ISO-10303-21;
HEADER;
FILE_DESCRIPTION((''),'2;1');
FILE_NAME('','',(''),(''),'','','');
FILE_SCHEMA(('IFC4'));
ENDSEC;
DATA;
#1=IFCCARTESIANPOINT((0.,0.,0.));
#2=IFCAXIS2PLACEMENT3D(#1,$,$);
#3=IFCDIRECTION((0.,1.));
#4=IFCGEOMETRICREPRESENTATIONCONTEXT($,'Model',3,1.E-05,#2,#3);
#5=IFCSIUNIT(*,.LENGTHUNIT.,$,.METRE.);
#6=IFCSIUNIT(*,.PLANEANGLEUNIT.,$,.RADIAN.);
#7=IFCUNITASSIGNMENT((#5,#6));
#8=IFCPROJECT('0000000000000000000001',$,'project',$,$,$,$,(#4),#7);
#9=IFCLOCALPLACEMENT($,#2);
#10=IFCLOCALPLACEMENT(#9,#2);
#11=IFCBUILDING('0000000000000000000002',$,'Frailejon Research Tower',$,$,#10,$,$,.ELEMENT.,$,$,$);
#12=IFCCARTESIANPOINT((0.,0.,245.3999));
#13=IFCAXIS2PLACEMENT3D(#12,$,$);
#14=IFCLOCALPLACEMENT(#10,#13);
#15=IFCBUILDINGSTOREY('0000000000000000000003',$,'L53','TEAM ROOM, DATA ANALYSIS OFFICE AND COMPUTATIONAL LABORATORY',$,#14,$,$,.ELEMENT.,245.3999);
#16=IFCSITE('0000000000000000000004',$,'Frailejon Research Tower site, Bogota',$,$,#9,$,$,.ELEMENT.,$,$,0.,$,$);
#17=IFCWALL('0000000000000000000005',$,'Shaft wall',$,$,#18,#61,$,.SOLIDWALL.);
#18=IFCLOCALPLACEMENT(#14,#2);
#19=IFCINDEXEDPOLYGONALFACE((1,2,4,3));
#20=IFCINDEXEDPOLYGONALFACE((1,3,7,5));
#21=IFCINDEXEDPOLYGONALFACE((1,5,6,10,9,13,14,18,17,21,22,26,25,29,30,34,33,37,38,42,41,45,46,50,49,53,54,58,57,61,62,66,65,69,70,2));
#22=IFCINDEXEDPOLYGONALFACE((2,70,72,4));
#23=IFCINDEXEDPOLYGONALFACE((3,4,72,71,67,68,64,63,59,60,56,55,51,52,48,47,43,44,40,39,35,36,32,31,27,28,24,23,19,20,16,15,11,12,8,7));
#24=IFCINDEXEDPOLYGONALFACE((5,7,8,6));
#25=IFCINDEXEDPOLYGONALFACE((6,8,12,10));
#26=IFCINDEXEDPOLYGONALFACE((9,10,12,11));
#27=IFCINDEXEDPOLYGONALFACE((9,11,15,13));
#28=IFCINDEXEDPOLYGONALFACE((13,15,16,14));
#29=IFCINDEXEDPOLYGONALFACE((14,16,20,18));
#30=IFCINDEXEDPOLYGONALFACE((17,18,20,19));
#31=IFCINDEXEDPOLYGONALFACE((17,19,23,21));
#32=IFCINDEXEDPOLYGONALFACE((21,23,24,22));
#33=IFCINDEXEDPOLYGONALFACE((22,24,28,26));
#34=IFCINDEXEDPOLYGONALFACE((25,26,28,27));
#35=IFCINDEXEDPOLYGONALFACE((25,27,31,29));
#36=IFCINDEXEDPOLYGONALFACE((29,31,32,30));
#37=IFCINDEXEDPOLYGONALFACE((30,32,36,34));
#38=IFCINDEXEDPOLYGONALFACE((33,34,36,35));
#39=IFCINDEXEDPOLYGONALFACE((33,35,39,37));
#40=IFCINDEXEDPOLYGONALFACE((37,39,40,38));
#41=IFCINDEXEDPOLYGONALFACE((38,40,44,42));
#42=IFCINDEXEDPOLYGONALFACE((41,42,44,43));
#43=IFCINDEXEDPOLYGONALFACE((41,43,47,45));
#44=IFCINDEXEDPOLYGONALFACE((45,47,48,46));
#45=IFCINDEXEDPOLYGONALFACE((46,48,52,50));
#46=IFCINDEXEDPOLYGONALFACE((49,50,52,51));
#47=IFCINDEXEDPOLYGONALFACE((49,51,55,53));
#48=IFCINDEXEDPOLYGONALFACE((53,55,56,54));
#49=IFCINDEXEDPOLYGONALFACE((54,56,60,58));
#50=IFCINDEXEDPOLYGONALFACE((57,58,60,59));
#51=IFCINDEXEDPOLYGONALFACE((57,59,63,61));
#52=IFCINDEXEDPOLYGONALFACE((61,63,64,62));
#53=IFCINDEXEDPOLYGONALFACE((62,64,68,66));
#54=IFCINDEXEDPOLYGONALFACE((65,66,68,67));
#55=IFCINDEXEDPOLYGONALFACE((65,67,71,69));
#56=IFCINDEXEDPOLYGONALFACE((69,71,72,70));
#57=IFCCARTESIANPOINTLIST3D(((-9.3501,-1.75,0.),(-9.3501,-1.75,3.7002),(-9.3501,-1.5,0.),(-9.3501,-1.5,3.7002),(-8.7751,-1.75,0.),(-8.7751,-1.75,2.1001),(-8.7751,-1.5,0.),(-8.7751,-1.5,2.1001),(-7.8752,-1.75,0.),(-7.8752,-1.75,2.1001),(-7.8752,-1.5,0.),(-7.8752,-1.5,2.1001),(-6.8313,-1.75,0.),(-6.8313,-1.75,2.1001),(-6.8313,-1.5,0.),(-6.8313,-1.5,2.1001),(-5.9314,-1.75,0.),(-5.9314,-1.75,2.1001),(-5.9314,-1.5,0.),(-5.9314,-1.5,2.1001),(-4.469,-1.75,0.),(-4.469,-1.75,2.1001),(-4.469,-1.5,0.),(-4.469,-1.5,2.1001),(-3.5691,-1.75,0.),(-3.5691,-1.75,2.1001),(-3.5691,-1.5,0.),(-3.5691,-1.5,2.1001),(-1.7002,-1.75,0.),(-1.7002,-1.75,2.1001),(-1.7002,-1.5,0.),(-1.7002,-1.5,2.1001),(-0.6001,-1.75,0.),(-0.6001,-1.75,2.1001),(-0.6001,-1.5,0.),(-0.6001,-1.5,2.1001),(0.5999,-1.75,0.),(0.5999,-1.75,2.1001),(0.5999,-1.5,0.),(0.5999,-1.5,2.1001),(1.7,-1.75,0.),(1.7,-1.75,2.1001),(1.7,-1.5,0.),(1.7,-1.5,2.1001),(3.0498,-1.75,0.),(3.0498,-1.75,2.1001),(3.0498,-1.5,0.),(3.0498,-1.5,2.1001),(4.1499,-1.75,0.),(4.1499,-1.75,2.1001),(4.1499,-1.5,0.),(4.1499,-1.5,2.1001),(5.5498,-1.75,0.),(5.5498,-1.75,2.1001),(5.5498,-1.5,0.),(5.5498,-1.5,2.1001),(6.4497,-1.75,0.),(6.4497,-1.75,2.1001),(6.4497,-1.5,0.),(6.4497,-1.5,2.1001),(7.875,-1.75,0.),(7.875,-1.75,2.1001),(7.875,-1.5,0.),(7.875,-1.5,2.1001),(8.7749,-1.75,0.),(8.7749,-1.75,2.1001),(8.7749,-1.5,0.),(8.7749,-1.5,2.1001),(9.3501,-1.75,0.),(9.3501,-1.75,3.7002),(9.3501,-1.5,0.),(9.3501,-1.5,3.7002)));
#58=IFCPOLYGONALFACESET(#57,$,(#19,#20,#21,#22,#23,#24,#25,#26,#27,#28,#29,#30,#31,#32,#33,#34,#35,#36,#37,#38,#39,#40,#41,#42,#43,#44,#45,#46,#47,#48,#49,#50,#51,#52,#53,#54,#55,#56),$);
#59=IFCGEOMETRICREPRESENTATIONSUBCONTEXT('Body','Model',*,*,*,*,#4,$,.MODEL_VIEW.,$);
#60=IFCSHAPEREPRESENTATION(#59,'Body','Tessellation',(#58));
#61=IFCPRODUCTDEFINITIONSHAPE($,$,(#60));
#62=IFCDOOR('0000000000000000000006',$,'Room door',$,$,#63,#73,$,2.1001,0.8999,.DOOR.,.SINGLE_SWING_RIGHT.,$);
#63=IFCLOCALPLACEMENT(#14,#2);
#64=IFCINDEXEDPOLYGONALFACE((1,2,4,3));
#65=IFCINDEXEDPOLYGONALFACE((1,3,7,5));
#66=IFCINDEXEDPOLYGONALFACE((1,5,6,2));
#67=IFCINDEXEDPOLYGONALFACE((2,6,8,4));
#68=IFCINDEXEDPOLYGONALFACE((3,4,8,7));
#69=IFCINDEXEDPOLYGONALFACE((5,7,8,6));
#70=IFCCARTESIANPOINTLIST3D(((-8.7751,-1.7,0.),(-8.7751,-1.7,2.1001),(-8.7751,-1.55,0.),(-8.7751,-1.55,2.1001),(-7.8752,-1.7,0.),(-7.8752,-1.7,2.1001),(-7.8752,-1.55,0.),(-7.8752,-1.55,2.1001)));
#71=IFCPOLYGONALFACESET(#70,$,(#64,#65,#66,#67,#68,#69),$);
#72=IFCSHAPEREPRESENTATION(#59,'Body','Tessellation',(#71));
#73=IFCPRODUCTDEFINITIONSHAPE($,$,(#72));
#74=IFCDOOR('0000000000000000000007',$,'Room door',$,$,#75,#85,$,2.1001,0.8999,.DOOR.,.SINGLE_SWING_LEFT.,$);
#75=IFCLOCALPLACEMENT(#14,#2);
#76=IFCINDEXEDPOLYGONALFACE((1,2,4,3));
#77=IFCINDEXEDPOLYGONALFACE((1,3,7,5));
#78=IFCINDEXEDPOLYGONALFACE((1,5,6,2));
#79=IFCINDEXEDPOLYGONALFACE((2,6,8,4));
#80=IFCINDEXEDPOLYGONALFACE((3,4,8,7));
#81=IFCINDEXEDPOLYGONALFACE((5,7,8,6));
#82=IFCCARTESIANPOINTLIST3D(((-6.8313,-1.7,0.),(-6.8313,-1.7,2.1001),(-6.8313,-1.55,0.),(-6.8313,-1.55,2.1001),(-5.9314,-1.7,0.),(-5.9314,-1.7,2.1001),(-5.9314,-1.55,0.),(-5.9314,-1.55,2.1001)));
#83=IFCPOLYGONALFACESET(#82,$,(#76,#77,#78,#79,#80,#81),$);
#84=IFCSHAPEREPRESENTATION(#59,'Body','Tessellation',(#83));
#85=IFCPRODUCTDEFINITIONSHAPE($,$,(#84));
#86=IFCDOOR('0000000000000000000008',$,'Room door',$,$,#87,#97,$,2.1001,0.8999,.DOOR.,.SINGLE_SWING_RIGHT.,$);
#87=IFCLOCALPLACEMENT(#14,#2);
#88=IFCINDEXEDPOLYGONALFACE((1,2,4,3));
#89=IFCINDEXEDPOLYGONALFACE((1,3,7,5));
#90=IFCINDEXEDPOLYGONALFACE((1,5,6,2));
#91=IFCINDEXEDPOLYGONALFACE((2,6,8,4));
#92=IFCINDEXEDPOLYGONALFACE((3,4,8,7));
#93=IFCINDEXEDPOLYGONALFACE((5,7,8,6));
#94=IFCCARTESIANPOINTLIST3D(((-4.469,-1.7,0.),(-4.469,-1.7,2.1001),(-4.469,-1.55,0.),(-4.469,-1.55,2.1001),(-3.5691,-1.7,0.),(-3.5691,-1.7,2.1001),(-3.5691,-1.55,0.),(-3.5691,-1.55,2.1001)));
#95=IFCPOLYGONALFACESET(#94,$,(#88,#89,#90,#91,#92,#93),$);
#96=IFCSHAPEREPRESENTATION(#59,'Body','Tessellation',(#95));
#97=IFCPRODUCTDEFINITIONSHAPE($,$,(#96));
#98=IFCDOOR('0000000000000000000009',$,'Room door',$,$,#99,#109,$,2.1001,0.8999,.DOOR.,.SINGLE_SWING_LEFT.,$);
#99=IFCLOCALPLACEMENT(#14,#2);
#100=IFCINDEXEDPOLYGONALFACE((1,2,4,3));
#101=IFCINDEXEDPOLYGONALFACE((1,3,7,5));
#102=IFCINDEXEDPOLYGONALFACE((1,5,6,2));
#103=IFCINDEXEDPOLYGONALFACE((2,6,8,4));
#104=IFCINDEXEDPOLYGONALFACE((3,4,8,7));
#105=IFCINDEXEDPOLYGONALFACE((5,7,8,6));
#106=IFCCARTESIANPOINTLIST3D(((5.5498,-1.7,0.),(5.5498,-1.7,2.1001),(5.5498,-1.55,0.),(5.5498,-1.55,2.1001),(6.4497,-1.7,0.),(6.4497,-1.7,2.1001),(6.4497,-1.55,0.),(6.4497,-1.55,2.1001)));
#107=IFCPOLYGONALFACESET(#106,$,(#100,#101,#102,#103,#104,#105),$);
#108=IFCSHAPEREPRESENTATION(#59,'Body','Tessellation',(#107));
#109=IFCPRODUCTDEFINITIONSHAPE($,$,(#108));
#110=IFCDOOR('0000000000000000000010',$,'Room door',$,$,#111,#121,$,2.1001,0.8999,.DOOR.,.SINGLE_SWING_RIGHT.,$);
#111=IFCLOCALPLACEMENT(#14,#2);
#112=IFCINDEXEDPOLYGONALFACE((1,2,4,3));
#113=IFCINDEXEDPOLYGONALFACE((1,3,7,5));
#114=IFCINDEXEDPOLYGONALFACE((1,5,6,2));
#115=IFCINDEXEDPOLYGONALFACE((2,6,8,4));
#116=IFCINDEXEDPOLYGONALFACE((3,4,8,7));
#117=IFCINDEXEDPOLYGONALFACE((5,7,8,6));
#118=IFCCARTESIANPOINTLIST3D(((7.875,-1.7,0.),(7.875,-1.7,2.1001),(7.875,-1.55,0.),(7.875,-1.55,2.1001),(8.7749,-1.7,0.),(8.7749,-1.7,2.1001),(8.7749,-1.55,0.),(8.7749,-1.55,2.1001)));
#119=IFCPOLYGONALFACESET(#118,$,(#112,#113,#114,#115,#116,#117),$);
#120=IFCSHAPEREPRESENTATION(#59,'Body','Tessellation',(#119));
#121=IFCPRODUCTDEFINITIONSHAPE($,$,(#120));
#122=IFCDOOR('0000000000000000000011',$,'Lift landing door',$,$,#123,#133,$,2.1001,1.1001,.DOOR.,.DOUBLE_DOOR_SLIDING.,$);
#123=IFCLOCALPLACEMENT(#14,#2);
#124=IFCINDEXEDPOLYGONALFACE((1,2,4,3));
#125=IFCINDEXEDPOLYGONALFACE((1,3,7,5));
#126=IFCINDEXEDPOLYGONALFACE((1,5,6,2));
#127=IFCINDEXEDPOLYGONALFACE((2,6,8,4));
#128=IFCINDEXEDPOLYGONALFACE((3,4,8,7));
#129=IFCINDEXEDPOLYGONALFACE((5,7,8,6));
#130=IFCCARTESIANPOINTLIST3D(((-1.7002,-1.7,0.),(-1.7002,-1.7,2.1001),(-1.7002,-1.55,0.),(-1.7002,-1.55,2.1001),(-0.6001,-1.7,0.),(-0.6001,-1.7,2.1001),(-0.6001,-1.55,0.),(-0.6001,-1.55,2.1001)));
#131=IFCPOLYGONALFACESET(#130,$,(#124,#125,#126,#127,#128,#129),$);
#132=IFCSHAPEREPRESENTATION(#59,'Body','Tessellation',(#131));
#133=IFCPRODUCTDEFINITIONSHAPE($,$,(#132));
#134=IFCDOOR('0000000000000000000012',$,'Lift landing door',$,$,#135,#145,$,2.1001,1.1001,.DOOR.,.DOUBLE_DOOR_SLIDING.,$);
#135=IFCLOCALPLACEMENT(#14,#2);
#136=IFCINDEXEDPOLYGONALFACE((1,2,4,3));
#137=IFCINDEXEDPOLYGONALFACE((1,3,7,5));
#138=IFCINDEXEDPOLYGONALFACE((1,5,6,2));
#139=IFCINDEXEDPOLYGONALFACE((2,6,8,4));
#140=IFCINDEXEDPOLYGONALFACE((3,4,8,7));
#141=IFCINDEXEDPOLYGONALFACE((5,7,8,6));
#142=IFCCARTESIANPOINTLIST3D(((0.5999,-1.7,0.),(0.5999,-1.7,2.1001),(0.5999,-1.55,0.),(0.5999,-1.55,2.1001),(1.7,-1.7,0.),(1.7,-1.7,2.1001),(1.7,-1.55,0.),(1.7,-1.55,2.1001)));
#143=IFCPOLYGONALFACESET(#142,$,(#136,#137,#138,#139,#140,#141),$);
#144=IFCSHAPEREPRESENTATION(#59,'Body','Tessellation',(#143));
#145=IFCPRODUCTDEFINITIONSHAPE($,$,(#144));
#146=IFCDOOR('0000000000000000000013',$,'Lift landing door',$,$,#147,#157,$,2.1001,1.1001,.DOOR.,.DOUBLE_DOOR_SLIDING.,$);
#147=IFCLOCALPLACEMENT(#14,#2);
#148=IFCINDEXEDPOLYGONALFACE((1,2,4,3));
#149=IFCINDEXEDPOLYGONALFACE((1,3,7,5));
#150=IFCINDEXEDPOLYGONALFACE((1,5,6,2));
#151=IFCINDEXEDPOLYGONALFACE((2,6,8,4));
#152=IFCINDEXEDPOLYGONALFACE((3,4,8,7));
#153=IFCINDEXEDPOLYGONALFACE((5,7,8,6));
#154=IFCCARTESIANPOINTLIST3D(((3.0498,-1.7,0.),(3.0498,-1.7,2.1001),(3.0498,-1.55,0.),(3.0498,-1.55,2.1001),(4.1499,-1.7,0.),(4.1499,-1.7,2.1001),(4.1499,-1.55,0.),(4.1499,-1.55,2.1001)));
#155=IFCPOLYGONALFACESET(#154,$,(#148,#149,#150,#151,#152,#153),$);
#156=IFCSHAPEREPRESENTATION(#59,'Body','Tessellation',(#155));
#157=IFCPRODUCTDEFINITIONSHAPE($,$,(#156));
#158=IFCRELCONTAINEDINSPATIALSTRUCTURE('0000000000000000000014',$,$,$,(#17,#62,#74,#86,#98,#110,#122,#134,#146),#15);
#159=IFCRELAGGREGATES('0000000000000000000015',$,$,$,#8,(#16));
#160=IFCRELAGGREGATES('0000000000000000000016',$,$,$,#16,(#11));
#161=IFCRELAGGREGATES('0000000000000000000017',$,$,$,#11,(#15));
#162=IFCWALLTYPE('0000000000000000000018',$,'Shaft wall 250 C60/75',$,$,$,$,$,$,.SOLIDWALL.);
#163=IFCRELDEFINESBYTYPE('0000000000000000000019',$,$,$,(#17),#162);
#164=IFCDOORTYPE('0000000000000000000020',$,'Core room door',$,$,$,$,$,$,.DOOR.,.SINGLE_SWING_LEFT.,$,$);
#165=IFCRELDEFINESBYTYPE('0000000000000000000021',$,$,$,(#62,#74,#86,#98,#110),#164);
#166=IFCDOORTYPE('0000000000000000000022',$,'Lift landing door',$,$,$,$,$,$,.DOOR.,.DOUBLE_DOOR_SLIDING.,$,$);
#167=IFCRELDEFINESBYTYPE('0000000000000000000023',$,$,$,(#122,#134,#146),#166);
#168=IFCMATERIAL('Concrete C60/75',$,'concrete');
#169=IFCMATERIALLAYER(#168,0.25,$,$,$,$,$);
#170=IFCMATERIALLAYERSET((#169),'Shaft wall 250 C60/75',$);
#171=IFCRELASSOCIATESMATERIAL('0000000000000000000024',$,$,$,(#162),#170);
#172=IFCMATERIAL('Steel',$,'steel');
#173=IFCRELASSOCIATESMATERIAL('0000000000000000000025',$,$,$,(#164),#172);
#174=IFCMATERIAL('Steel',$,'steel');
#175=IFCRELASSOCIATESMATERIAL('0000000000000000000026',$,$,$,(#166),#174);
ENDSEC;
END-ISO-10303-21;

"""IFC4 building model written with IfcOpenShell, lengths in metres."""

from ifc_helpers import new_model, si_unit, direction, frame, frame_2d, origin, place, context, subcontext, project, spatial, rectangle, extrude, material, layer, layer_set, type_object, element, fill, save


model = new_model("IFC4")

# Units and contexts
model_context = context("Model", 3, precision=1e-05, world=origin(), true_north=direction((0.0, 1.0)))
body_context = subcontext(model_context, "Body", "Model", "MODEL_VIEW")
ifc_project = project(units=[si_unit("LENGTHUNIT", "METRE"), si_unit("PLANEANGLEUNIT", "RADIAN")], contexts=[model_context])

# Site, building, storey
site_placement = place(None, origin())
site = spatial("IfcSite", under=ifc_project, at=site_placement, Name="Frailejon Research Tower site, Bogota", CompositionType="ELEMENT", RefElevation=0.0)
building_placement = place(site_placement, origin())
building = spatial("IfcBuilding", under=site, at=building_placement, Name="Frailejon Research Tower", CompositionType="ELEMENT")
storey_placement = place(building_placement, frame((0.0, 0.0, 245.3999)))
storey = spatial("IfcBuildingStorey", under=building, at=storey_placement, Name="L53", Description="TEAM ROOM, DATA ANALYSIS OFFICE AND COMPUTATIONAL LABORATORY", CompositionType="ELEMENT", Elevation=245.3999)

# Wall, openings, doors
ifc_material_1 = material(Name="Concrete C60/75", Category="concrete")
ifc_layer_1 = layer(ifc_material_1, 0.25)
ifc_layer_set_1 = layer_set([ifc_layer_1], Name="Shaft wall 250 C60/75")
wall_type_1 = type_object("IfcWallType", Name="Shaft wall 250 C60/75", PredefinedType="SOLIDWALL", material=ifc_layer_set_1)
wall_1_placement = place(storey_placement, frame((-9.3501, -1.625, 0.0), z_axis=(0.0, 0.0, 1.0), x_axis=(1.0, 0.0, 0.0)))
wall_1 = element("IfcWall", 1, at=wall_1_placement, inside=storey, type_object=wall_type_1, Name="Shaft wall", PredefinedType="SOLIDWALL", context=body_context, shape_type="SweptSolid", body=[
    extrude(rectangle(XDim=18.7002, YDim=0.25, at=frame_2d((9.3501, 0.0))), origin(), (0.0, 0.0, 1.0), 3.7002),
])
opening_1_placement = place(wall_1_placement, frame((7.6499, 0.0, 0.0)))
opening_1 = element("IfcOpeningElement", 2, at=opening_1_placement, cuts=wall_1, PredefinedType="OPENING", context=body_context, shape_type="SweptSolid", body=[
    extrude(rectangle(XDim=1.1001, YDim=2.1001, at=frame_2d((0.55, 1.05))), frame((0.0, 0.135, 0.0), z_axis=(0.0, -1.0, 0.0), x_axis=(1.0, 0.0, 0.0)), (0.0, 0.0, 1.0), 0.27),
])
opening_2_placement = place(wall_1_placement, frame((9.95, 0.0, 0.0)))
opening_2 = element("IfcOpeningElement", 3, at=opening_2_placement, cuts=wall_1, PredefinedType="OPENING", context=body_context, shape_type="SweptSolid", body=[
    extrude(rectangle(XDim=1.1001, YDim=2.1001, at=frame_2d((0.55, 1.05))), frame((0.0, 0.135, 0.0), z_axis=(0.0, -1.0, 0.0), x_axis=(1.0, 0.0, 0.0)), (0.0, 0.0, 1.0), 0.27),
])
opening_3_placement = place(wall_1_placement, frame((12.3999, 0.0, 0.0)))
opening_3 = element("IfcOpeningElement", 4, at=opening_3_placement, cuts=wall_1, PredefinedType="OPENING", context=body_context, shape_type="SweptSolid", body=[
    extrude(rectangle(XDim=1.1001, YDim=2.1001, at=frame_2d((0.55, 1.05))), frame((0.0, 0.135, 0.0), z_axis=(0.0, -1.0, 0.0), x_axis=(1.0, 0.0, 0.0)), (0.0, 0.0, 1.0), 0.27),
])
opening_4_placement = place(wall_1_placement, frame((0.575, 0.0, 0.0)))
opening_4 = element("IfcOpeningElement", 5, at=opening_4_placement, cuts=wall_1, PredefinedType="OPENING", context=body_context, shape_type="SweptSolid", body=[
    extrude(rectangle(XDim=0.8999, YDim=2.1001, at=frame_2d((0.45, 1.05))), frame((0.0, 0.135, 0.0), z_axis=(0.0, -1.0, 0.0), x_axis=(1.0, 0.0, 0.0)), (0.0, 0.0, 1.0), 0.27),
])
opening_5_placement = place(wall_1_placement, frame((2.5188, 0.0, 0.0)))
opening_5 = element("IfcOpeningElement", 6, at=opening_5_placement, cuts=wall_1, PredefinedType="OPENING", context=body_context, shape_type="SweptSolid", body=[
    extrude(rectangle(XDim=0.8999, YDim=2.1001, at=frame_2d((0.45, 1.05))), frame((0.0, 0.135, 0.0), z_axis=(0.0, -1.0, 0.0), x_axis=(1.0, 0.0, 0.0)), (0.0, 0.0, 1.0), 0.27),
])
opening_6_placement = place(wall_1_placement, frame((4.8811, 0.0, 0.0)))
opening_6 = element("IfcOpeningElement", 7, at=opening_6_placement, cuts=wall_1, PredefinedType="OPENING", context=body_context, shape_type="SweptSolid", body=[
    extrude(rectangle(XDim=0.8999, YDim=2.1001, at=frame_2d((0.45, 1.05))), frame((0.0, 0.135, 0.0), z_axis=(0.0, -1.0, 0.0), x_axis=(1.0, 0.0, 0.0)), (0.0, 0.0, 1.0), 0.27),
])
opening_7_placement = place(wall_1_placement, frame((14.8999, 0.0, 0.0)))
opening_7 = element("IfcOpeningElement", 8, at=opening_7_placement, cuts=wall_1, PredefinedType="OPENING", context=body_context, shape_type="SweptSolid", body=[
    extrude(rectangle(XDim=0.8999, YDim=2.1001, at=frame_2d((0.45, 1.05))), frame((0.0, 0.135, 0.0), z_axis=(0.0, -1.0, 0.0), x_axis=(1.0, 0.0, 0.0)), (0.0, 0.0, 1.0), 0.27),
])
opening_8_placement = place(wall_1_placement, frame((17.2251, 0.0, 0.0)))
opening_8 = element("IfcOpeningElement", 9, at=opening_8_placement, cuts=wall_1, PredefinedType="OPENING", context=body_context, shape_type="SweptSolid", body=[
    extrude(rectangle(XDim=0.8999, YDim=2.1001, at=frame_2d((0.45, 1.05))), frame((0.0, 0.135, 0.0), z_axis=(0.0, -1.0, 0.0), x_axis=(1.0, 0.0, 0.0)), (0.0, 0.0, 1.0), 0.27),
])
ifc_material_2 = material(Name="Steel", Category="steel")
door_type_1 = type_object("IfcDoorType", Name="Core room door", OperationType="SINGLE_SWING_LEFT", PredefinedType="DOOR", material=ifc_material_2)
door_1_placement = place(opening_4_placement, origin())
door_1 = element("IfcDoor", 10, at=door_1_placement, inside=storey, type_object=door_type_1, Name="Room door", OperationType="SINGLE_SWING_RIGHT", OverallHeight=2.1001, OverallWidth=0.8999, PredefinedType="DOOR", context=body_context, shape_type="SweptSolid", body=[
    extrude(rectangle(XDim=0.8999, YDim=2.1001, at=frame_2d((0.45, 1.05))), frame((0.0, 0.075, 0.0), z_axis=(0.0, -1.0, 0.0), x_axis=(1.0, 0.0, 0.0)), (0.0, 0.0, 1.0), 0.1499),
])
fill(opening_4, door_1)
door_2_placement = place(opening_5_placement, origin())
door_2 = element("IfcDoor", 11, at=door_2_placement, inside=storey, type_object=door_type_1, Name="Room door", OperationType="SINGLE_SWING_LEFT", OverallHeight=2.1001, OverallWidth=0.8999, PredefinedType="DOOR", context=body_context, shape_type="SweptSolid", body=[
    extrude(rectangle(XDim=0.8999, YDim=2.1001, at=frame_2d((0.45, 1.05))), frame((0.0, 0.075, 0.0), z_axis=(0.0, -1.0, 0.0), x_axis=(1.0, 0.0, 0.0)), (0.0, 0.0, 1.0), 0.1499),
])
fill(opening_5, door_2)
door_3_placement = place(opening_6_placement, origin())
door_3 = element("IfcDoor", 12, at=door_3_placement, inside=storey, type_object=door_type_1, Name="Room door", OperationType="SINGLE_SWING_RIGHT", OverallHeight=2.1001, OverallWidth=0.8999, PredefinedType="DOOR", context=body_context, shape_type="SweptSolid", body=[
    extrude(rectangle(XDim=0.8999, YDim=2.1001, at=frame_2d((0.45, 1.05))), frame((0.0, 0.075, 0.0), z_axis=(0.0, -1.0, 0.0), x_axis=(1.0, 0.0, 0.0)), (0.0, 0.0, 1.0), 0.1499),
])
fill(opening_6, door_3)
door_4_placement = place(opening_7_placement, origin())
door_4 = element("IfcDoor", 13, at=door_4_placement, inside=storey, type_object=door_type_1, Name="Room door", OperationType="SINGLE_SWING_LEFT", OverallHeight=2.1001, OverallWidth=0.8999, PredefinedType="DOOR", context=body_context, shape_type="SweptSolid", body=[
    extrude(rectangle(XDim=0.8999, YDim=2.1001, at=frame_2d((0.45, 1.05))), frame((0.0, 0.075, 0.0), z_axis=(0.0, -1.0, 0.0), x_axis=(1.0, 0.0, 0.0)), (0.0, 0.0, 1.0), 0.1499),
])
fill(opening_7, door_4)
door_5_placement = place(opening_8_placement, origin())
door_5 = element("IfcDoor", 14, at=door_5_placement, inside=storey, type_object=door_type_1, Name="Room door", OperationType="SINGLE_SWING_RIGHT", OverallHeight=2.1001, OverallWidth=0.8999, PredefinedType="DOOR", context=body_context, shape_type="SweptSolid", body=[
    extrude(rectangle(XDim=0.8999, YDim=2.1001, at=frame_2d((0.45, 1.05))), frame((0.0, 0.075, 0.0), z_axis=(0.0, -1.0, 0.0), x_axis=(1.0, 0.0, 0.0)), (0.0, 0.0, 1.0), 0.1499),
])
fill(opening_8, door_5)
ifc_material_3 = material(Name="Steel", Category="steel")
door_type_2 = type_object("IfcDoorType", Name="Lift landing door", OperationType="DOUBLE_DOOR_SLIDING", PredefinedType="DOOR", material=ifc_material_3)
door_6_placement = place(opening_1_placement, origin())
door_6 = element("IfcDoor", 15, at=door_6_placement, inside=storey, type_object=door_type_2, Name="Lift landing door", OperationType="DOUBLE_DOOR_SLIDING", OverallHeight=2.1001, OverallWidth=1.1001, PredefinedType="DOOR", context=body_context, shape_type="SweptSolid", body=[
    extrude(rectangle(XDim=1.1001, YDim=2.1001, at=frame_2d((0.55, 1.05))), frame((0.0, 0.075, 0.0), z_axis=(0.0, -1.0, 0.0), x_axis=(1.0, 0.0, 0.0)), (0.0, 0.0, 1.0), 0.1499),
])
fill(opening_1, door_6)
door_7_placement = place(opening_2_placement, origin())
door_7 = element("IfcDoor", 16, at=door_7_placement, inside=storey, type_object=door_type_2, Name="Lift landing door", OperationType="DOUBLE_DOOR_SLIDING", OverallHeight=2.1001, OverallWidth=1.1001, PredefinedType="DOOR", context=body_context, shape_type="SweptSolid", body=[
    extrude(rectangle(XDim=1.1001, YDim=2.1001, at=frame_2d((0.55, 1.05))), frame((0.0, 0.075, 0.0), z_axis=(0.0, -1.0, 0.0), x_axis=(1.0, 0.0, 0.0)), (0.0, 0.0, 1.0), 0.1499),
])
fill(opening_2, door_7)
door_8_placement = place(opening_3_placement, origin())
door_8 = element("IfcDoor", 17, at=door_8_placement, inside=storey, type_object=door_type_2, Name="Lift landing door", OperationType="DOUBLE_DOOR_SLIDING", OverallHeight=2.1001, OverallWidth=1.1001, PredefinedType="DOOR", context=body_context, shape_type="SweptSolid", body=[
    extrude(rectangle(XDim=1.1001, YDim=2.1001, at=frame_2d((0.55, 1.05))), frame((0.0, 0.075, 0.0), z_axis=(0.0, -1.0, 0.0), x_axis=(1.0, 0.0, 0.0)), (0.0, 0.0, 1.0), 0.1499),
])
fill(opening_3, door_8)

save(model, "model.ifc")
